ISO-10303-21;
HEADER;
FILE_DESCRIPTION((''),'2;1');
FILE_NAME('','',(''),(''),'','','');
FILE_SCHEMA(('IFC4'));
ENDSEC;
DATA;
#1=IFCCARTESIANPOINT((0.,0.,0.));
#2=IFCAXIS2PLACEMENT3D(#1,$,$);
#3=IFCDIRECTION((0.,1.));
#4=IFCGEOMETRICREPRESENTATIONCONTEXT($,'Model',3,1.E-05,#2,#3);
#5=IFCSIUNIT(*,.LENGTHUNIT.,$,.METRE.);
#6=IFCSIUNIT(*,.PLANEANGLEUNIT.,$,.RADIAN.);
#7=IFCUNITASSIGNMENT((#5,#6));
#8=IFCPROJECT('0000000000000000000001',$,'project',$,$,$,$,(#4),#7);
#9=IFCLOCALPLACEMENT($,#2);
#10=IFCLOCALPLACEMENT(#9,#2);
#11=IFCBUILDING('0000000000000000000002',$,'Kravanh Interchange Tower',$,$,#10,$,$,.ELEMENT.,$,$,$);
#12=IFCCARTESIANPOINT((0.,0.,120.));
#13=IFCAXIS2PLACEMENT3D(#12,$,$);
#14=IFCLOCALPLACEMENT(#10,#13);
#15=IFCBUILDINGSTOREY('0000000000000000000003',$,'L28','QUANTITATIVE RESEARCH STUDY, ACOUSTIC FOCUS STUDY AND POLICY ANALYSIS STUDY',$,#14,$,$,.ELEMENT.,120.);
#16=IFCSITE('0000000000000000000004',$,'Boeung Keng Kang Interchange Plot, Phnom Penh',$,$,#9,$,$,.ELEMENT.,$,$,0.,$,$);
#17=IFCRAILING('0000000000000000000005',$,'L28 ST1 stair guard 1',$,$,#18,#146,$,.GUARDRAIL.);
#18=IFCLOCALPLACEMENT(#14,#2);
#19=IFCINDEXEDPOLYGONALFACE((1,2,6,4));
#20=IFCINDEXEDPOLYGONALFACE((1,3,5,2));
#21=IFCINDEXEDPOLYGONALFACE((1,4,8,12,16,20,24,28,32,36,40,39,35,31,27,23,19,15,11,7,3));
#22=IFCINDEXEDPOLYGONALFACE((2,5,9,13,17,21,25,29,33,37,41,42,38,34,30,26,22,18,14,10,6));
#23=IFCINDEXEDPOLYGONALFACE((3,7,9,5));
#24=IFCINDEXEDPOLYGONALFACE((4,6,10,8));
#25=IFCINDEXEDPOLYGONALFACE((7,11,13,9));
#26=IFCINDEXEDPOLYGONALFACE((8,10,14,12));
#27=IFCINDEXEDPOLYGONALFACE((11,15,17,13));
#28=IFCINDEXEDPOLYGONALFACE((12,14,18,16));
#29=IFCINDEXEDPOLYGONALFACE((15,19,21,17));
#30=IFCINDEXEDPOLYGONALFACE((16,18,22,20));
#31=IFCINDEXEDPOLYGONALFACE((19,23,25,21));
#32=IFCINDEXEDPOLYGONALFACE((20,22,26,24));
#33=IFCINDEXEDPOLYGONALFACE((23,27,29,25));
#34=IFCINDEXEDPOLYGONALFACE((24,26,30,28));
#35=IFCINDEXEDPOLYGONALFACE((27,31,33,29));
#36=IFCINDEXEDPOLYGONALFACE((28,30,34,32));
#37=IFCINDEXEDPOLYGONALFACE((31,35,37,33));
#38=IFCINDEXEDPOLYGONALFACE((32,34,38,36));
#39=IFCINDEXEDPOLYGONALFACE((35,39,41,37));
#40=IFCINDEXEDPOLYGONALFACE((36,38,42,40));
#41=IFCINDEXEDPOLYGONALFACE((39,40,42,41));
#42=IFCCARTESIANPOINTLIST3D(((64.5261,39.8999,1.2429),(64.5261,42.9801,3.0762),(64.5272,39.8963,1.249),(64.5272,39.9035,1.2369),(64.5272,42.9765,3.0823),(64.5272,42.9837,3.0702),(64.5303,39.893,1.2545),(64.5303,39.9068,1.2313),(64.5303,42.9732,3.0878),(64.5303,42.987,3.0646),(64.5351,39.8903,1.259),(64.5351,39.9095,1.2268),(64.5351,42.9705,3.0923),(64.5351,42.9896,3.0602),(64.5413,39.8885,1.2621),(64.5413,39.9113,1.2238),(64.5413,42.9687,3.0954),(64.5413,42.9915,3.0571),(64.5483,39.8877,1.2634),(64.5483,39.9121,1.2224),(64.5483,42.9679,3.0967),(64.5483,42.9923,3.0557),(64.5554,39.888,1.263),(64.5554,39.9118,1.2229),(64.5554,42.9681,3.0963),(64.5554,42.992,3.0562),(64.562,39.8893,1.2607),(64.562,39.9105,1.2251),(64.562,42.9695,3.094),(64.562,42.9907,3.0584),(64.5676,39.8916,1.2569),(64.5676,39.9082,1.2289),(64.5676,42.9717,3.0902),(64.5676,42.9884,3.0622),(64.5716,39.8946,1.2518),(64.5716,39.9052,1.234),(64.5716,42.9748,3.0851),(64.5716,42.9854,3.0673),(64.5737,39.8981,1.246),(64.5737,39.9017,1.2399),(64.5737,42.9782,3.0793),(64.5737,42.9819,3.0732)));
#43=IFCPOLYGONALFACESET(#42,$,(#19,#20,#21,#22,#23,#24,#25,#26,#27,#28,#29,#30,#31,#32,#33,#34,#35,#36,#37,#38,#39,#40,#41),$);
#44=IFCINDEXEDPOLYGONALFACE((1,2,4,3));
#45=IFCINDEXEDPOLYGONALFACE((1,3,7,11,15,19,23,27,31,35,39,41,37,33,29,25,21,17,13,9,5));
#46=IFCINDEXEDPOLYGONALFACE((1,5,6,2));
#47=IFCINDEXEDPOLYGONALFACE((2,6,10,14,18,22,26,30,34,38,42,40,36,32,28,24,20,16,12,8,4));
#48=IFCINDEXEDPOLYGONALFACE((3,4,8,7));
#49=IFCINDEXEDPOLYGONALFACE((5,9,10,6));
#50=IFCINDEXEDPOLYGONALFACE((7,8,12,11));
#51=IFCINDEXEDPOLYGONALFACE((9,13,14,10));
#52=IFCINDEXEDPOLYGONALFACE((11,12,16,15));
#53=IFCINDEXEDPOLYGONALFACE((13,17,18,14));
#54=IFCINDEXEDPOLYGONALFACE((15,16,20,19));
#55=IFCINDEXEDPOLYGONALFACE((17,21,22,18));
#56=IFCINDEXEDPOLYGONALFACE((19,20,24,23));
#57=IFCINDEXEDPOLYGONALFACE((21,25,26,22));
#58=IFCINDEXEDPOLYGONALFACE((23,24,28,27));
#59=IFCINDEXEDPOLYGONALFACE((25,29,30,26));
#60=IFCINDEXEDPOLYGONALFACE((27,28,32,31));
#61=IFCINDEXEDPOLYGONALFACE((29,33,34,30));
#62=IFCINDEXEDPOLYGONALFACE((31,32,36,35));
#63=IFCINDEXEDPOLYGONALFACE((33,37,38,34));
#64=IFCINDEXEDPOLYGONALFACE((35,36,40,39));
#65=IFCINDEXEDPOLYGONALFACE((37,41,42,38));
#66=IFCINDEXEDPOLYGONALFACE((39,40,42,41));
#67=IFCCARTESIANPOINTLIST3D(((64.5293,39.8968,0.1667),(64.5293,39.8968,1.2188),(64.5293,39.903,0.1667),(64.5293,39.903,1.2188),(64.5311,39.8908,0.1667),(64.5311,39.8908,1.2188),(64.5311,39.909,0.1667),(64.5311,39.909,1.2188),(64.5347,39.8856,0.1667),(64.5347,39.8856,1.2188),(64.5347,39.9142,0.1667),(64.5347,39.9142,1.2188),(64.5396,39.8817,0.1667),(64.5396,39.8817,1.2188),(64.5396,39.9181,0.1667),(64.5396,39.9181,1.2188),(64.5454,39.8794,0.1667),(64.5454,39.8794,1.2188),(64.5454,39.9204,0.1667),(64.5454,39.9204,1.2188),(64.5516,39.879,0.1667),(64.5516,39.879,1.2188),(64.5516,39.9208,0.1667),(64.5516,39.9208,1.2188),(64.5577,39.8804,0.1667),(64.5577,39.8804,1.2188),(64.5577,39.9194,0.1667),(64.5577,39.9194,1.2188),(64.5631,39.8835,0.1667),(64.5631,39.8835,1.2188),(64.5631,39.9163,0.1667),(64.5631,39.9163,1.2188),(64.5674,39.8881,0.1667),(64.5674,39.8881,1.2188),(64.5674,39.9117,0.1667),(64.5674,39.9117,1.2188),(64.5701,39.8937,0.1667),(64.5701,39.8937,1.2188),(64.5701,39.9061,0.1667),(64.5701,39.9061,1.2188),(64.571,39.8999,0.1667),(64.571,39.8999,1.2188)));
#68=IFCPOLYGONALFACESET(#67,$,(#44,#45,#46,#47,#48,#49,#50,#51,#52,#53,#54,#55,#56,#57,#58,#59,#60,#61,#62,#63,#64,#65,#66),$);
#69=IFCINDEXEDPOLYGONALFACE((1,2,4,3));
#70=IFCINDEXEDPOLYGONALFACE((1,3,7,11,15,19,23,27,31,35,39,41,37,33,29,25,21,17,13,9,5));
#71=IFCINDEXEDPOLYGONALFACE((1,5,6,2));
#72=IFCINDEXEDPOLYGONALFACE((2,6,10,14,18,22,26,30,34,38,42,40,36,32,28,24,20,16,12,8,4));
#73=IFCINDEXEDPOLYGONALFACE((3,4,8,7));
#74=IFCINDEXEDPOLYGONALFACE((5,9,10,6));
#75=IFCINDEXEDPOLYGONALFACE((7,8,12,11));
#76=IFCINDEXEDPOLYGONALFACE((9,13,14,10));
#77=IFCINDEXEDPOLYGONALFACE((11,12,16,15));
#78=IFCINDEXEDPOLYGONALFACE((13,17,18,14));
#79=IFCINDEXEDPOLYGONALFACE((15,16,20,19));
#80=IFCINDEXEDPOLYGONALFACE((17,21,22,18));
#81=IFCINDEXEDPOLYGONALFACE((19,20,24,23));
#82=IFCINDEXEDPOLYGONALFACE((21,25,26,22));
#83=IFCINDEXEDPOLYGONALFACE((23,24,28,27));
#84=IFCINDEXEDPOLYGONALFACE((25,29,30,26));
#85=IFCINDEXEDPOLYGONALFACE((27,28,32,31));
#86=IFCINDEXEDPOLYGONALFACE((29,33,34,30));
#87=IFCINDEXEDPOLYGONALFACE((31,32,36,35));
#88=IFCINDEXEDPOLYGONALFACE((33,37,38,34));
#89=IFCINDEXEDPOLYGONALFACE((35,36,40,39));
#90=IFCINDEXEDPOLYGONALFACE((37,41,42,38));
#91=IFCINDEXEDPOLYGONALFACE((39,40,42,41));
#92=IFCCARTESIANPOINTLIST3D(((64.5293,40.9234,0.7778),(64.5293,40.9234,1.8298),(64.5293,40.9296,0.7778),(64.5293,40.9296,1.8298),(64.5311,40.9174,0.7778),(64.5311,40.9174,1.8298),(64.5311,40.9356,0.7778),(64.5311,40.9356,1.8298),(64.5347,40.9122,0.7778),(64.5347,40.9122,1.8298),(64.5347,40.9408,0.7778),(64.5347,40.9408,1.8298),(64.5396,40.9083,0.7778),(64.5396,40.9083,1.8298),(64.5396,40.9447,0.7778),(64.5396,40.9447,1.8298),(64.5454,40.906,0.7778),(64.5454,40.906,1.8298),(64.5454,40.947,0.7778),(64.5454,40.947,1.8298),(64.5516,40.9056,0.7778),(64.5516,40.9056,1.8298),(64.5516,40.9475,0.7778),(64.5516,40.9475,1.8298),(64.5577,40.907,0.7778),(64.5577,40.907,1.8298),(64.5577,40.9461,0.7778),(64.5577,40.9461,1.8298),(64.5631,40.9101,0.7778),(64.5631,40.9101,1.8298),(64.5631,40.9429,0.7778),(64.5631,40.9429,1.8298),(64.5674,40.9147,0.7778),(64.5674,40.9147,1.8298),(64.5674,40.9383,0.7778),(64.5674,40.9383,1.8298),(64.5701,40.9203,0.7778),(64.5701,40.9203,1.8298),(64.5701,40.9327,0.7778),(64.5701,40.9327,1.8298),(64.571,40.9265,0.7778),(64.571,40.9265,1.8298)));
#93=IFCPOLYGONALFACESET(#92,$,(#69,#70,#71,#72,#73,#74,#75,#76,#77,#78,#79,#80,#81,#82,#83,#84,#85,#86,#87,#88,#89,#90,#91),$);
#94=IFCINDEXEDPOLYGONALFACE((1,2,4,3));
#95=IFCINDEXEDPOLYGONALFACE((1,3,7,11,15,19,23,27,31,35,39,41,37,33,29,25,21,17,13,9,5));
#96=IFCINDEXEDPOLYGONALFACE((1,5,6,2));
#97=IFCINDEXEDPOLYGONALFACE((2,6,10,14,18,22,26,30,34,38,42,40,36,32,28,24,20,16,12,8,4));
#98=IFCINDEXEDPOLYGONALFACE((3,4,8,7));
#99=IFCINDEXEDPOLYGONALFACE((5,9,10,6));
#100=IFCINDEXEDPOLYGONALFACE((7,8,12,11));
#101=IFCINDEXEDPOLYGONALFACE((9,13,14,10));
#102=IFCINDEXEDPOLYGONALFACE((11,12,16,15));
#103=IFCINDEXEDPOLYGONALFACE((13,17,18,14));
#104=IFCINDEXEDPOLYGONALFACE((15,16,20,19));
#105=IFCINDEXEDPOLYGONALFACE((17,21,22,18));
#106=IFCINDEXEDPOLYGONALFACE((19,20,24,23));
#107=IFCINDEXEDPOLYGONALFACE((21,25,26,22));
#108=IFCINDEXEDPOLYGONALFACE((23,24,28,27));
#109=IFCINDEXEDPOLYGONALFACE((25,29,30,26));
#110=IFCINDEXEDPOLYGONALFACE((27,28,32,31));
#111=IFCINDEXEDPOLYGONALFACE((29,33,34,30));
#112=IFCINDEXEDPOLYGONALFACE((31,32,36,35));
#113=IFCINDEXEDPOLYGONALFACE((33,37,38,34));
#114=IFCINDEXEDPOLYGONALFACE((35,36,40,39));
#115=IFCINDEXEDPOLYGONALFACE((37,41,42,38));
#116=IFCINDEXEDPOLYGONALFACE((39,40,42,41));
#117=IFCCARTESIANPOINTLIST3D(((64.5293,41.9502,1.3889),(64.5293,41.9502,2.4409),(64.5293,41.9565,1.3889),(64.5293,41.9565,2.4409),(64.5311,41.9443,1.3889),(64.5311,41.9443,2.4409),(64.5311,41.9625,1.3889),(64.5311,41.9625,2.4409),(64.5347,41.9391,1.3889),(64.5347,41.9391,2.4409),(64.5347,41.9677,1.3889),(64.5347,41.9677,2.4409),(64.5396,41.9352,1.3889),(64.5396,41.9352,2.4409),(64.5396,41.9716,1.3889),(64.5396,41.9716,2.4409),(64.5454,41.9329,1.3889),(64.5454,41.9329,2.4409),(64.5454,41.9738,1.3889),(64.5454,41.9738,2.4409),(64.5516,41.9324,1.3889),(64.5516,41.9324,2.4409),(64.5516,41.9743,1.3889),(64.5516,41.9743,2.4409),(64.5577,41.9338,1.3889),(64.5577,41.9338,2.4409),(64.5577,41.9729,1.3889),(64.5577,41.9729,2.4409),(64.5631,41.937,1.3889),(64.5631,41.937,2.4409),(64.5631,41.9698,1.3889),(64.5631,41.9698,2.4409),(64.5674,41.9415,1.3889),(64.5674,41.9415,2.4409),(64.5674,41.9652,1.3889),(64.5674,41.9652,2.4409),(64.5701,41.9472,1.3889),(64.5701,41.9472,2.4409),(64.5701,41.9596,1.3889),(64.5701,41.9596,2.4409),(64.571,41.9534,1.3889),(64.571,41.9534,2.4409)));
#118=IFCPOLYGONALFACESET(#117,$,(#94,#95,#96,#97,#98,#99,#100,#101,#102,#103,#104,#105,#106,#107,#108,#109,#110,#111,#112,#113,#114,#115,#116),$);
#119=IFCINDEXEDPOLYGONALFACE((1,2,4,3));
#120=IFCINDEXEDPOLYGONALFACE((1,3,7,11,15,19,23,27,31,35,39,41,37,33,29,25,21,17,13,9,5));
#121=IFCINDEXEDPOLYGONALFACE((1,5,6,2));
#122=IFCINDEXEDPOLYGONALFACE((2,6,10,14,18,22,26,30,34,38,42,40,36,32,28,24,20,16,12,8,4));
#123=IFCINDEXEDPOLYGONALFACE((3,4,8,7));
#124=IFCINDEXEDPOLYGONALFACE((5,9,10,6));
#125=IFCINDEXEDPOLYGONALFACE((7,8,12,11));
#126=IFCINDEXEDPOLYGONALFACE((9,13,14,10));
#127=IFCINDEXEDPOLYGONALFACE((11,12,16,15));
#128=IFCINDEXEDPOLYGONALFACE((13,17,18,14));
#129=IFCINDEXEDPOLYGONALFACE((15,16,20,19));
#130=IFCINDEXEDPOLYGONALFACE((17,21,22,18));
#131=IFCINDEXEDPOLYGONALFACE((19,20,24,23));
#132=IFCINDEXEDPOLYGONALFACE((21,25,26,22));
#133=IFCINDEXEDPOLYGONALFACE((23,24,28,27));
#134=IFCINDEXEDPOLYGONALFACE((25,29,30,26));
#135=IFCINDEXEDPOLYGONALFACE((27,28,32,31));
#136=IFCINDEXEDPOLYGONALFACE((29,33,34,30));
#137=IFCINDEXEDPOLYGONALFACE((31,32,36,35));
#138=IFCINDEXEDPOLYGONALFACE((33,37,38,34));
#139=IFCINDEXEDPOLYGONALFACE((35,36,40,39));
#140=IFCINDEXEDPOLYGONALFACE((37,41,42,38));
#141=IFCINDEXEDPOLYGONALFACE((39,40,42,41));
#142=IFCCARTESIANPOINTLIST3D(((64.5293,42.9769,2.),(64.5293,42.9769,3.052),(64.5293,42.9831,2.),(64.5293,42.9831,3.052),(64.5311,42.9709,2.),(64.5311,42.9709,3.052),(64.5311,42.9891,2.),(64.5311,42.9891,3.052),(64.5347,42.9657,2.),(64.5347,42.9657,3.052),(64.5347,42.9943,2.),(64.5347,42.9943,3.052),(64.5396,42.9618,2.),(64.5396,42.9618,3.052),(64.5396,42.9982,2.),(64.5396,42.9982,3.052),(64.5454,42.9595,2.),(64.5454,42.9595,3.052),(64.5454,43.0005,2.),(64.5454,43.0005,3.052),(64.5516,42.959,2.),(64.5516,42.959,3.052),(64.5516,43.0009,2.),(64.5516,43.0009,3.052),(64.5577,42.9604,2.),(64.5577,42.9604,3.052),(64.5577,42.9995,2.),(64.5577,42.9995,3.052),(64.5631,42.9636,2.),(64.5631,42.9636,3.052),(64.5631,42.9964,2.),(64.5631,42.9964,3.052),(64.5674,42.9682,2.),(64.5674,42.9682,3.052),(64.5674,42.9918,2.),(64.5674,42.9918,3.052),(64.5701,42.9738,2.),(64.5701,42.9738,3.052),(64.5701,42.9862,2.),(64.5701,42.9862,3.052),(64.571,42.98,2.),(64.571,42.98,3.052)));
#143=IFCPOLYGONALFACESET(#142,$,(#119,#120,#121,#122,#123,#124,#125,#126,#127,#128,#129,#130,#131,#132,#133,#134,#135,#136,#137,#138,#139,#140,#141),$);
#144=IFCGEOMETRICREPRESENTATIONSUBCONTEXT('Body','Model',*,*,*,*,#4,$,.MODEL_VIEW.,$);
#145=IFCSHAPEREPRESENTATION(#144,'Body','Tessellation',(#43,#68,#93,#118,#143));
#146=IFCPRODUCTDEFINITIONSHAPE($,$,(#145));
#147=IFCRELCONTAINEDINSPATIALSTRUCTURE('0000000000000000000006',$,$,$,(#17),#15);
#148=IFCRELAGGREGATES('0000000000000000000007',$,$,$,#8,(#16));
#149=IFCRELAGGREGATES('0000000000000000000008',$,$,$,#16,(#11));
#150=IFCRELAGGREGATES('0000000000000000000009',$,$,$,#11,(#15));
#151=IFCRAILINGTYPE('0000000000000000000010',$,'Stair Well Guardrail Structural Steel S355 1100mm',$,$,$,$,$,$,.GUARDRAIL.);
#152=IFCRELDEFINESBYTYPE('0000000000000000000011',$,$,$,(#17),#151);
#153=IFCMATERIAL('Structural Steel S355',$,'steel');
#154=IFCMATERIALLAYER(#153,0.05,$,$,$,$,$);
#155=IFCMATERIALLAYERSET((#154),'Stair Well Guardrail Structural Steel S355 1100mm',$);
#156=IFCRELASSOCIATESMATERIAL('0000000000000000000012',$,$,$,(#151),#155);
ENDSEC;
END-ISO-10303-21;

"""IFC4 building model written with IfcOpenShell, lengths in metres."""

from ifc_helpers import new_model, si_unit, direction, frame, origin, origin_2d, place, context, subcontext, project, spatial, circle, extrude, material, layer, layer_set, type_object, element, save


model = new_model("IFC4")

# Units and contexts
model_context = context("Model", 3, precision=1e-05, world=origin(), true_north=direction((0.0, 1.0)))
body_context = subcontext(model_context, "Body", "Model", "MODEL_VIEW")
ifc_project = project(units=[si_unit("LENGTHUNIT", "METRE"), si_unit("PLANEANGLEUNIT", "RADIAN")], contexts=[model_context])

# Site, building, storey
site_placement = place(None, origin())
site = spatial("IfcSite", under=ifc_project, at=site_placement, Name="Boeung Keng Kang Interchange Plot, Phnom Penh", CompositionType="ELEMENT", RefElevation=0.0)
building_placement = place(site_placement, origin())
building = spatial("IfcBuilding", under=site, at=building_placement, Name="Kravanh Interchange Tower", CompositionType="ELEMENT")
storey_placement = place(building_placement, frame((0.0, 0.0, 120.0)))
storey = spatial("IfcBuildingStorey", under=building, at=storey_placement, Name="L28", Description="QUANTITATIVE RESEARCH STUDY, ACOUSTIC FOCUS STUDY AND POLICY ANALYSIS STUDY", CompositionType="ELEMENT", Elevation=120.0)

# Railing
ifc_material_1 = material(Name="Structural Steel S355", Category="steel")
ifc_layer_1 = layer(ifc_material_1, 0.05)
ifc_layer_set_1 = layer_set([ifc_layer_1], Name="Stair Well Guardrail Structural Steel S355 1100mm")
railing_type_1 = type_object("IfcRailingType", Name="Stair Well Guardrail Structural Steel S355 1100mm", PredefinedType="GUARDRAIL", material=ifc_layer_set_1)
railing_1_placement = place(storey_placement, frame((64.55, 39.8999, 0.1667)))
element("IfcRailing", 1, at=railing_1_placement, inside=storey, type_object=railing_type_1, Name="L28 ST1 stair guard 1", PredefinedType="GUARDRAIL", context=body_context, shape_type="SweptSolid", body=[
    extrude(circle(Radius=0.0239, at=origin_2d()), frame((0.0, 0.0, 1.0762), z_axis=(0.0, 0.859309, 0.511458), x_axis=(-1.0, 0.0, 0.0)), (0.0, 0.0, 1.0), 3.5845),
    extrude(circle(Radius=0.021, at=origin_2d()), origin(), (0.0, 0.0, 1.0), 1.052),
    extrude(circle(Radius=0.021, at=origin_2d()), frame((0.0, 1.0266, 0.6111)), (0.0, 0.0, 1.0), 1.052),
    extrude(circle(Radius=0.021, at=origin_2d()), frame((0.0, 2.0535, 1.2222)), (0.0, 0.0, 1.0), 1.052),
    extrude(circle(Radius=0.021, at=origin_2d()), frame((0.0, 3.0801, 1.8333)), (0.0, 0.0, 1.0), 1.052),
])

save(model, "model.ifc")
